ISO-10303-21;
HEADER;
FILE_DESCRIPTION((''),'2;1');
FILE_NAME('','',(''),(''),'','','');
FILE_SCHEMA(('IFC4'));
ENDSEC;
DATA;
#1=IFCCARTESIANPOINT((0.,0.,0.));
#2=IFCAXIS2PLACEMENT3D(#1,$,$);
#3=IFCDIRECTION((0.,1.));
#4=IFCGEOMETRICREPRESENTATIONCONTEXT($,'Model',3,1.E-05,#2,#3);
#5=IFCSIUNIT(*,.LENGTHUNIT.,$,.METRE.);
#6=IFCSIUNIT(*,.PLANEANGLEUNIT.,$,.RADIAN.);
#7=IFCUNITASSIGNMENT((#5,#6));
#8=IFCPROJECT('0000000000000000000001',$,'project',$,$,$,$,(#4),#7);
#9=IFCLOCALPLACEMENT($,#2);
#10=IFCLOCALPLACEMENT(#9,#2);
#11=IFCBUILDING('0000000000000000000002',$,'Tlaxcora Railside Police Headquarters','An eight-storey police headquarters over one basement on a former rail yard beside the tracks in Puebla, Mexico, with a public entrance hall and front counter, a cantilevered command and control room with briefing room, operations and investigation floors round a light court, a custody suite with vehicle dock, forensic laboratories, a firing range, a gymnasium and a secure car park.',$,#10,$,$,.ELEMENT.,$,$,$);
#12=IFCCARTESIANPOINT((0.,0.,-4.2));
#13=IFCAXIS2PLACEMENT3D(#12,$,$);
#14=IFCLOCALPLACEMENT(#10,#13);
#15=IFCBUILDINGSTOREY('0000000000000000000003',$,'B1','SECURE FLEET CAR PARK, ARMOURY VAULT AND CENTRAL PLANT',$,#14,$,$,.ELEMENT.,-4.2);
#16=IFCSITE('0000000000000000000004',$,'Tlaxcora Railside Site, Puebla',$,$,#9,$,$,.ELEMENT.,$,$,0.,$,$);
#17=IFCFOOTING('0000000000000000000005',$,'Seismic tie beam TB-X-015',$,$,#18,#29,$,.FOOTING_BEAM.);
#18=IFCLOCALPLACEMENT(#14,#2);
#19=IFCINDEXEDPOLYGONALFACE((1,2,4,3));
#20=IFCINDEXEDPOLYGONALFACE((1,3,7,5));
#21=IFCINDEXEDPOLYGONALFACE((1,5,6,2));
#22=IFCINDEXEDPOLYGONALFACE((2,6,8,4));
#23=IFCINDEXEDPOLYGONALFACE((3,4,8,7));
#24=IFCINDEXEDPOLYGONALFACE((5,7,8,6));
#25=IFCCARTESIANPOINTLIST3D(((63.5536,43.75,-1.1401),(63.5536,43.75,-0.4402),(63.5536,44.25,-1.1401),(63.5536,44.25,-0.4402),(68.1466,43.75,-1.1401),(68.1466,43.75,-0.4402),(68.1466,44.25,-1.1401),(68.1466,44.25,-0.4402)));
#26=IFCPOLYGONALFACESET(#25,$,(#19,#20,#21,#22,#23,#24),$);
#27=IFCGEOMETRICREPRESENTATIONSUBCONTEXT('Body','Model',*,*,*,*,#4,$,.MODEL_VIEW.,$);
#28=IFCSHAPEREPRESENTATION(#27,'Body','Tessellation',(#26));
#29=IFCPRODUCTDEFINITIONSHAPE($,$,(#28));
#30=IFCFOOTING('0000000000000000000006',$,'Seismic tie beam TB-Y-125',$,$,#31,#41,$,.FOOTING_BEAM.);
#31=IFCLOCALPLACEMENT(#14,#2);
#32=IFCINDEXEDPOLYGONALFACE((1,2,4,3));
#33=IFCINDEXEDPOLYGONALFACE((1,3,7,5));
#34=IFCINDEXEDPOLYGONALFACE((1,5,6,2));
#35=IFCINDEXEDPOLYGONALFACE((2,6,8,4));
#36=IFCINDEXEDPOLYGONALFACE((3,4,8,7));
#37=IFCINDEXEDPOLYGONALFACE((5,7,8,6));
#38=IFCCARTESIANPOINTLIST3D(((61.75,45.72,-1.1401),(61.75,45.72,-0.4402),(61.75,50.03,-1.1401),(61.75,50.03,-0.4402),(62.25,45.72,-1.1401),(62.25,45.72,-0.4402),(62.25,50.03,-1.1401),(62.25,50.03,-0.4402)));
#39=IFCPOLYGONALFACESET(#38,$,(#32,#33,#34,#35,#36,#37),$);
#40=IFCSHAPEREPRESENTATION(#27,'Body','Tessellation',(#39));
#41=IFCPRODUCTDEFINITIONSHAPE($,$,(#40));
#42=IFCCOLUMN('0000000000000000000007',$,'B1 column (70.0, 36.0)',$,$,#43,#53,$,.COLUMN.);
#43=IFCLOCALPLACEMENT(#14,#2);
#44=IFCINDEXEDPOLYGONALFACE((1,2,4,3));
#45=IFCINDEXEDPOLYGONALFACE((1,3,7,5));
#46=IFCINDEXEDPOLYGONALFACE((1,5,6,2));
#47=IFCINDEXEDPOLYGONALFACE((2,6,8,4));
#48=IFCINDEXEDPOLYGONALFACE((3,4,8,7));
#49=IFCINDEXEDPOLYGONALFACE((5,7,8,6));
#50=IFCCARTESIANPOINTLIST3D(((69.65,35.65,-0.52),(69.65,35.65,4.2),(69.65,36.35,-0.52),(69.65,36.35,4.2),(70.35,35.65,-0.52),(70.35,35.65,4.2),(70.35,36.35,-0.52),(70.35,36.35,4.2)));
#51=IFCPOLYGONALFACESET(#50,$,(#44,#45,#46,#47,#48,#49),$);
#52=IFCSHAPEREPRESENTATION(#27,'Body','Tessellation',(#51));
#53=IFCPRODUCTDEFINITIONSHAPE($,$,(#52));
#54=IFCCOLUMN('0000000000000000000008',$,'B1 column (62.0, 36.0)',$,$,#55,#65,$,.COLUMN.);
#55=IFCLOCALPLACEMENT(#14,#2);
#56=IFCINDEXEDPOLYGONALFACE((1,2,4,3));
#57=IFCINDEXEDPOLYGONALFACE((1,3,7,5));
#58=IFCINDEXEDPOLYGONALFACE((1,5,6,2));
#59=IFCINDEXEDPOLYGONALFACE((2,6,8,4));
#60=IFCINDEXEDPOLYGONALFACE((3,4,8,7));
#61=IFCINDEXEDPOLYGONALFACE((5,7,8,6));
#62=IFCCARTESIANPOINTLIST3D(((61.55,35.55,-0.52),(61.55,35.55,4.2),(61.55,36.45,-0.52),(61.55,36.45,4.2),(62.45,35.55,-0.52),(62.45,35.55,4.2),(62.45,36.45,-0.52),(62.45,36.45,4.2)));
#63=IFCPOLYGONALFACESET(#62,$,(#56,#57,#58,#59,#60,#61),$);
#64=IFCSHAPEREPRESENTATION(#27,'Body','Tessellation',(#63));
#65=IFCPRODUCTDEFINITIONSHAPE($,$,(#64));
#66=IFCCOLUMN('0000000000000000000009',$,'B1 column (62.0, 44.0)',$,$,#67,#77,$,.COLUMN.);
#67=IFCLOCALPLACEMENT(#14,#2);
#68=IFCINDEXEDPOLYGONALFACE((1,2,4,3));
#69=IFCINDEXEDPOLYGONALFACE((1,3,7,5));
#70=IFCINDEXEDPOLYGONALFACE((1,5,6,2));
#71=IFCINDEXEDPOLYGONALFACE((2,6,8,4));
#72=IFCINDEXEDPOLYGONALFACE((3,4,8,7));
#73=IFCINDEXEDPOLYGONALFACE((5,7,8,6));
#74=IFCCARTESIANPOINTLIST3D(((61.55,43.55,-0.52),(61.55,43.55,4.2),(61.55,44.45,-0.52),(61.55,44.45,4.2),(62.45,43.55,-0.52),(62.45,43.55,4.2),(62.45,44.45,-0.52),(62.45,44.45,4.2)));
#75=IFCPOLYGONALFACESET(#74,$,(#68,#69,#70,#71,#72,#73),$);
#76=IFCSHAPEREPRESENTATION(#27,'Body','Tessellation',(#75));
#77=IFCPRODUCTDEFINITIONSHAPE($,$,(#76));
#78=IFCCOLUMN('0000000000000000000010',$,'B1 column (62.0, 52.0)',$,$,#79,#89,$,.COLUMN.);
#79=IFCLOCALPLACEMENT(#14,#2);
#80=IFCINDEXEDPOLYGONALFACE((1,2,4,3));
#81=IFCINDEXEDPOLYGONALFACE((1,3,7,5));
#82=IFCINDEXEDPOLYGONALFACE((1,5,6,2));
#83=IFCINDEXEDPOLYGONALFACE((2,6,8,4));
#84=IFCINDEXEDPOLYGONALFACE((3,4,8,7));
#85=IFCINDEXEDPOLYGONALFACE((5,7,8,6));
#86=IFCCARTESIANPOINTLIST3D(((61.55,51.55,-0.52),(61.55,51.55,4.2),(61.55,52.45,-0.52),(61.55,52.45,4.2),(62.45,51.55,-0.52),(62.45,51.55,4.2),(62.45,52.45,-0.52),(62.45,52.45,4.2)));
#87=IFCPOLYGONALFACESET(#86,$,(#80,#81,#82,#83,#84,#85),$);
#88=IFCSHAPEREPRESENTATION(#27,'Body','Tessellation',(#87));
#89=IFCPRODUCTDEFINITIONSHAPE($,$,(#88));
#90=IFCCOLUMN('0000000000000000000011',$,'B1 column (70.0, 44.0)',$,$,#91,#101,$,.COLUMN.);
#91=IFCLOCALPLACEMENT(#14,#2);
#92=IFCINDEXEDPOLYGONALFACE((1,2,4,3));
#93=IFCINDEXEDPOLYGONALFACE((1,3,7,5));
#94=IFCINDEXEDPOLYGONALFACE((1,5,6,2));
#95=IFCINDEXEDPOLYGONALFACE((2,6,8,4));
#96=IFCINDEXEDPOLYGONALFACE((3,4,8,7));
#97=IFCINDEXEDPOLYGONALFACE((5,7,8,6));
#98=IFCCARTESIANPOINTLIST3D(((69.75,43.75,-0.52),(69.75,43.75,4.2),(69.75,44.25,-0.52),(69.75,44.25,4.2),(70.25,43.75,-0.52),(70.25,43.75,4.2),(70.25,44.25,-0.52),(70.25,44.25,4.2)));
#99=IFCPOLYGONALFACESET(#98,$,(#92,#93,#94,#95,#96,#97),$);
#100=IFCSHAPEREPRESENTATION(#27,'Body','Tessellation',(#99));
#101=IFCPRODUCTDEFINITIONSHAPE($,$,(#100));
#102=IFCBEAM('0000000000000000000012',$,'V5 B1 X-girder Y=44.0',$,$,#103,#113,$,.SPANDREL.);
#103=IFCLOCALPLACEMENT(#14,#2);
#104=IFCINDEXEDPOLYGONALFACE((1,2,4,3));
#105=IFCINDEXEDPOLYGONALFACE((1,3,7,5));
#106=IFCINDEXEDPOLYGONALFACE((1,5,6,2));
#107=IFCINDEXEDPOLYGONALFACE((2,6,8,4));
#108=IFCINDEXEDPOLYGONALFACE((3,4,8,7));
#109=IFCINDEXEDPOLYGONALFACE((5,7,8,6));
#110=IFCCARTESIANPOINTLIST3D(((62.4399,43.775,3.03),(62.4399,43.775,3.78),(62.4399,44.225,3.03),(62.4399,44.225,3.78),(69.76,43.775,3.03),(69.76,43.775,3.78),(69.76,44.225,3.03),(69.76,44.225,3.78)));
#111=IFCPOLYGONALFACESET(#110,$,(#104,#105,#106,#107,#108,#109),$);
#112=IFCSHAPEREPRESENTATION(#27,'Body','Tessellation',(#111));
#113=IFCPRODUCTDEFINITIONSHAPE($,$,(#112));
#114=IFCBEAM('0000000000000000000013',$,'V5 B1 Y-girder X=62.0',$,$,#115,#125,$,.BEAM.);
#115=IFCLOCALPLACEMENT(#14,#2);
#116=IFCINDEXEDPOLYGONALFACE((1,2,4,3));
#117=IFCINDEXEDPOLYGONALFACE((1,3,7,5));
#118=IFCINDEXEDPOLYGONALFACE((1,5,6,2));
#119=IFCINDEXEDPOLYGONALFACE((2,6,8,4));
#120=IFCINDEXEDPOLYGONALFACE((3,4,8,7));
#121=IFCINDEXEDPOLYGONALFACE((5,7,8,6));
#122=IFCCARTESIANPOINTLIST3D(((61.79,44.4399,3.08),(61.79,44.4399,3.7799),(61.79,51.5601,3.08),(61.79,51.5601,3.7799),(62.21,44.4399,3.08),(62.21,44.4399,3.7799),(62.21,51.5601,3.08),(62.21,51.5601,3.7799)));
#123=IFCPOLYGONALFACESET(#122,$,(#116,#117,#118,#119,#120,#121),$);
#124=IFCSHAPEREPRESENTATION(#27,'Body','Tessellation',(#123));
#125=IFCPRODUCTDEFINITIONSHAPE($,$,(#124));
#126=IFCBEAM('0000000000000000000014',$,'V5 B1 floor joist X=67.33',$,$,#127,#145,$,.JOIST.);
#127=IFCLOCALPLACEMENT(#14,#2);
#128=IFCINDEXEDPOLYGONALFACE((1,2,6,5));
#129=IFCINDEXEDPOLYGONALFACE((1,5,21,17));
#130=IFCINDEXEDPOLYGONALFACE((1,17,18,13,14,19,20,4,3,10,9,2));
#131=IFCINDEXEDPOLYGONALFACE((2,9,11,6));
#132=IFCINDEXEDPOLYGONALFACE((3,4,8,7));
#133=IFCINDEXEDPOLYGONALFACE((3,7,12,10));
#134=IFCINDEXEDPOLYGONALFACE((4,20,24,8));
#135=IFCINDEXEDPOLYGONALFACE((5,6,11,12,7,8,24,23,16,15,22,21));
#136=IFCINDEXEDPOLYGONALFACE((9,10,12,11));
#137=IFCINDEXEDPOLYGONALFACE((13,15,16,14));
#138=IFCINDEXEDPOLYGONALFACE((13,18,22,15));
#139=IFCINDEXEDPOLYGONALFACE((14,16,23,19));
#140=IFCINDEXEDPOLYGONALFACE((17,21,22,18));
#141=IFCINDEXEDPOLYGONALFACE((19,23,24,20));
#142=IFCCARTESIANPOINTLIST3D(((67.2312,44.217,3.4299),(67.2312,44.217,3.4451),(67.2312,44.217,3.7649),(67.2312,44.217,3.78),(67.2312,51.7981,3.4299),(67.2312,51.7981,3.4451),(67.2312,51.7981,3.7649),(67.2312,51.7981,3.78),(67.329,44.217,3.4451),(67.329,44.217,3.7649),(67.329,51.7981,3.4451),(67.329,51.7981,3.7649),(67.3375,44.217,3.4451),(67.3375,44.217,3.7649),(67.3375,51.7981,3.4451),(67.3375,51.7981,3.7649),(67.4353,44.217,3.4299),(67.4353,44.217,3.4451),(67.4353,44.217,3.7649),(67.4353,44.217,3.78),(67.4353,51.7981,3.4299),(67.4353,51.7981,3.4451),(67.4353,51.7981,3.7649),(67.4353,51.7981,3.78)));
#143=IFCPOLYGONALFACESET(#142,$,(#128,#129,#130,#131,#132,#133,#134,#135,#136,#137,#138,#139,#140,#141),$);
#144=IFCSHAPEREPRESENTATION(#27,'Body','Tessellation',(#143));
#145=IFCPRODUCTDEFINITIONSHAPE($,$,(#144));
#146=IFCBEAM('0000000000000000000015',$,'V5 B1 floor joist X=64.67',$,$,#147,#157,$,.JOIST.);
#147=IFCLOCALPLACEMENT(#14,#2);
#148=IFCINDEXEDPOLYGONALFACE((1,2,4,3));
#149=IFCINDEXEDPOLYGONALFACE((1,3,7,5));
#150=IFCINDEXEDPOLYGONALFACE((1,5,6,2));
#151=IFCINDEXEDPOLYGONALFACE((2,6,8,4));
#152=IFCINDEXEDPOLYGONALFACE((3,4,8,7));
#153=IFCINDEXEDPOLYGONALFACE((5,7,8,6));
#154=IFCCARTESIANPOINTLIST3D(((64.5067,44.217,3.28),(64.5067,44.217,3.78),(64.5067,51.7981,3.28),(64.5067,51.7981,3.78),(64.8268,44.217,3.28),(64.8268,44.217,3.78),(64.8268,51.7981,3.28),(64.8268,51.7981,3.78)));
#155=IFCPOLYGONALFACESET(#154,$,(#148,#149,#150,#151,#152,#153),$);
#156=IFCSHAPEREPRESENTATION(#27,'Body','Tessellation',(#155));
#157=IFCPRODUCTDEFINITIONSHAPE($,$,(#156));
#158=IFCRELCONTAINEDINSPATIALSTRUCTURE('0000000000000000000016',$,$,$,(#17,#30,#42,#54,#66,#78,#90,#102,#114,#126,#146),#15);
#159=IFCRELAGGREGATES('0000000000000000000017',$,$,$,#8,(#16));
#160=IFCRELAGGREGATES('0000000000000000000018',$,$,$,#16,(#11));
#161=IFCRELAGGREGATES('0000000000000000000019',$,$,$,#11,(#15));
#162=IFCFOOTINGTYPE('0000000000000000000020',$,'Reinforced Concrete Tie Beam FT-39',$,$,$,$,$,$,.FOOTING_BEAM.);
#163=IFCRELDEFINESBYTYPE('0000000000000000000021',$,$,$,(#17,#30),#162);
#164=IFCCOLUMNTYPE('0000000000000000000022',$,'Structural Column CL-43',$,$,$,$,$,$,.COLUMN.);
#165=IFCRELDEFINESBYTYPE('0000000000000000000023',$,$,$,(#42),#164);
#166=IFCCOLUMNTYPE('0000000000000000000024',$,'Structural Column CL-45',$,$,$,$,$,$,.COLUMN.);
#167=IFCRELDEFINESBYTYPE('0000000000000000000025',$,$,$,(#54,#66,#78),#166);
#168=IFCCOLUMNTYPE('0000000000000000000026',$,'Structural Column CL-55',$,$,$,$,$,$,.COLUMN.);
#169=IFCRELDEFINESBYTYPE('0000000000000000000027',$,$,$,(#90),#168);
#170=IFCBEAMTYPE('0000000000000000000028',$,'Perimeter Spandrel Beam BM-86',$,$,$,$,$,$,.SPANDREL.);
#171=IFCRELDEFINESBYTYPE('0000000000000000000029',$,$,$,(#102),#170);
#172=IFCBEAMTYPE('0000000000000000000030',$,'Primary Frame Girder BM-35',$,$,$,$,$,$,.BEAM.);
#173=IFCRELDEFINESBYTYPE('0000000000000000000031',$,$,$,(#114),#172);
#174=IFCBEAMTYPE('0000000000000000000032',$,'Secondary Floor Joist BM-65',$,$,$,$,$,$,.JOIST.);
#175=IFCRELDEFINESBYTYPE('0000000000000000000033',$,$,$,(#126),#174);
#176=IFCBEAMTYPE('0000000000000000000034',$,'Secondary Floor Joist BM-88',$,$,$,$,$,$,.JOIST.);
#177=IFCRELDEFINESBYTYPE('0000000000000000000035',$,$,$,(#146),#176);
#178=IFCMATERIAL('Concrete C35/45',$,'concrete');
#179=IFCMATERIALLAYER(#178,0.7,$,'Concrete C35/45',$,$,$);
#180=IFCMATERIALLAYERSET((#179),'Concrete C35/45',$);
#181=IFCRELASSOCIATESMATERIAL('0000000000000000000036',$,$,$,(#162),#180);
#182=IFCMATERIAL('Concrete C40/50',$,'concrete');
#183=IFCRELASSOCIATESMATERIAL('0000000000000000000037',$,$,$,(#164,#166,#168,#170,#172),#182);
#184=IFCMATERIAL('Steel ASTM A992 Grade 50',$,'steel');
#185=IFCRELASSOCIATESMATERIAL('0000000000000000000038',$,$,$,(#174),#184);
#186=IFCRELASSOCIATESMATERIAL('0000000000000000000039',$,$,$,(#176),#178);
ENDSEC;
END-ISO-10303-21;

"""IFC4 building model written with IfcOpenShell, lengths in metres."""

from ifc_helpers import new_model, si_unit, direction, frame, origin, origin_2d, place, context, subcontext, project, spatial, rectangle, i_section, extrude, material, layer, layer_set, material_profile, profile_set, type_object, element, save


model = new_model("IFC4")

# Units and contexts
model_context = context("Model", 3, precision=1e-05, world=origin(), true_north=direction((0.0, 1.0)))
body_context = subcontext(model_context, "Body", "Model", "MODEL_VIEW")
ifc_project = project(units=[si_unit("LENGTHUNIT", "METRE"), si_unit("PLANEANGLEUNIT", "RADIAN")], contexts=[model_context])

# Site, building, storey
site_placement = place(None, origin())
site = spatial("IfcSite", under=ifc_project, at=site_placement, Name="Tlaxcora Railside Site, Puebla", CompositionType="ELEMENT", RefElevation=0.0)
building_placement = place(site_placement, origin())
building = spatial("IfcBuilding", under=site, at=building_placement, Name="Tlaxcora Railside Police Headquarters", Description="An eight-storey police headquarters over one basement on a former rail yard beside the tracks in Puebla, Mexico, with a public entrance hall and front counter, a cantilevered command and control room with briefing room, operations and investigation floors round a light court, a custody suite with vehicle dock, forensic laboratories, a firing range, a gymnasium and a secure car park.", CompositionType="ELEMENT")
storey_placement = place(building_placement, frame((0.0, 0.0, -4.2)))
storey = spatial("IfcBuildingStorey", under=building, at=storey_placement, Name="B1", Description="SECURE FLEET CAR PARK, ARMOURY VAULT AND CENTRAL PLANT", CompositionType="ELEMENT", Elevation=-4.2)

# Shared definitions
ifc_material_1 = material(Name="Concrete C35/45", Category="concrete")

# Footings
ifc_material_2 = material(Name="Concrete C40/50", Category="concrete")
ifc_layer_1 = layer(ifc_material_1, 0.7, Name="Concrete C35/45")
ifc_layer_set_1 = layer_set([ifc_layer_1], Name="Concrete C35/45")
footing_type_1 = type_object("IfcFootingType", Name="Reinforced Concrete Tie Beam FT-39", PredefinedType="FOOTING_BEAM", material=ifc_layer_set_1)
footing_1_placement = place(storey_placement, frame((65.8501, 44.0, -1.1401), z_axis=(0.0, 0.0, 1.0), x_axis=(1.0, 0.0, 0.0)))
element("IfcFooting", 1, at=footing_1_placement, inside=storey, type_object=footing_type_1, Name="Seismic tie beam TB-X-015", PredefinedType="FOOTING_BEAM", context=body_context, shape_type="SweptSolid", body=[
    extrude(rectangle(XDim=4.593, YDim=0.5, at=origin_2d()), origin(), (0.0, 0.0, 1.0), 0.7),
])
footing_2_placement = place(storey_placement, frame((62.0, 47.875, -1.1401), z_axis=(0.0, 0.0, 1.0), x_axis=(0.0, 1.0, 0.0)))
element("IfcFooting", 2, at=footing_2_placement, inside=storey, type_object=footing_type_1, Name="Seismic tie beam TB-Y-125", PredefinedType="FOOTING_BEAM", context=body_context, shape_type="SweptSolid", body=[
    extrude(rectangle(XDim=4.3101, YDim=0.5, at=origin_2d()), origin(), (0.0, 0.0, 1.0), 0.7),
])

# Columns
ifc_material_profile_1 = material_profile(ifc_material_2, rectangle(XDim=0.7, YDim=0.7, at=origin_2d()), Name="RC700X700")
ifc_profile_set_1 = profile_set([ifc_material_profile_1], Name="Concrete C40/50")
column_type_1 = type_object("IfcColumnType", Name="Structural Column CL-43", PredefinedType="COLUMN", material=ifc_profile_set_1)
column_1_placement = place(storey_placement, frame((70.0, 36.0, -0.52), z_axis=(0.0, 0.0, 1.0), x_axis=(1.0, 0.0, 0.0)))
element("IfcColumn", 3, at=column_1_placement, inside=storey, type_object=column_type_1, Name="B1 column (70.0, 36.0)", PredefinedType="COLUMN", context=body_context, shape_type="SweptSolid", body=[
    extrude(rectangle(XDim=0.7, YDim=0.7, at=origin_2d()), origin(), (0.0, 0.0, 1.0), 4.72),
])
ifc_material_profile_2 = material_profile(ifc_material_2, rectangle(XDim=0.8999, YDim=0.8999, at=origin_2d()), Name="RC900X900")
ifc_profile_set_2 = profile_set([ifc_material_profile_2], Name="Concrete C40/50")
column_type_2 = type_object("IfcColumnType", Name="Structural Column CL-45", PredefinedType="COLUMN", material=ifc_profile_set_2)
for number, where, z_axis, x_axis, name in (
    (4, (62.0, 36.0, -0.52), (0.0, 0.0, 1.0), (1.0, 0.0, 0.0), "B1 column (62.0, 36.0)"),
    (5, (62.0, 44.0, -0.52), (0.0, 0.0, 1.0), (1.0, 0.0, 0.0), "B1 column (62.0, 44.0)"),
    (6, (62.0, 52.0, -0.52), (0.0, 0.0, 1.0), (1.0, 0.0, 0.0), "B1 column (62.0, 52.0)"),
):
    element("IfcColumn", number, at=place(storey_placement, frame(where, z_axis=z_axis, x_axis=x_axis)), inside=storey, type_object=column_type_2, Name=name, PredefinedType="COLUMN", context=body_context, shape_type="SweptSolid", body=[
        extrude(rectangle(XDim=0.8999, YDim=0.8999, at=origin_2d()), origin(), (0.0, 0.0, 1.0), 4.72),
    ])
ifc_material_profile_3 = material_profile(ifc_material_2, rectangle(XDim=0.5, YDim=0.5, at=origin_2d()), Name="RC500X500")
ifc_profile_set_3 = profile_set([ifc_material_profile_3], Name="Concrete C40/50")
column_type_3 = type_object("IfcColumnType", Name="Structural Column CL-55", PredefinedType="COLUMN", material=ifc_profile_set_3)
column_2_placement = place(storey_placement, frame((70.0, 44.0, -0.52), z_axis=(0.0, 0.0, 1.0), x_axis=(1.0, 0.0, 0.0)))
element("IfcColumn", 7, at=column_2_placement, inside=storey, type_object=column_type_3, Name="B1 column (70.0, 44.0)", PredefinedType="COLUMN", context=body_context, shape_type="SweptSolid", body=[
    extrude(rectangle(XDim=0.5, YDim=0.5, at=origin_2d()), origin(), (0.0, 0.0, 1.0), 4.72),
])

# Beams
ifc_material_profile_4 = material_profile(ifc_material_2, rectangle(XDim=0.45, YDim=0.75, at=origin_2d()), Name="RC450X750")
ifc_profile_set_4 = profile_set([ifc_material_profile_4], Name="Concrete C40/50")
beam_type_1 = type_object("IfcBeamType", Name="Perimeter Spandrel Beam BM-86", PredefinedType="SPANDREL", material=ifc_profile_set_4)
beam_1_placement = place(storey_placement, frame((62.4399, 44.0, 3.405), z_axis=(1.0, 0.0, 0.0), x_axis=(0.0, 1.0, 0.0)))
element("IfcBeam", 8, at=beam_1_placement, inside=storey, type_object=beam_type_1, Name="V5 B1 X-girder Y=44.0", PredefinedType="SPANDREL", context=body_context, shape_type="SweptSolid", body=[
    extrude(rectangle(XDim=0.45, YDim=0.75, at=origin_2d()), origin(), (0.0, 0.0, 1.0), 7.3201),
])
ifc_material_profile_5 = material_profile(ifc_material_2, rectangle(XDim=0.4199, YDim=0.7, at=origin_2d()), Name="RC420X700")
ifc_profile_set_5 = profile_set([ifc_material_profile_5], Name="Concrete C40/50")
beam_type_2 = type_object("IfcBeamType", Name="Primary Frame Girder BM-35", PredefinedType="BEAM", material=ifc_profile_set_5)
beam_2_placement = place(storey_placement, frame((62.0, 44.4399, 3.4299), z_axis=(0.0, 1.0, 0.0), x_axis=(-1.0, 0.0, 0.0)))
element("IfcBeam", 9, at=beam_2_placement, inside=storey, type_object=beam_type_2, Name="V5 B1 Y-girder X=62.0", PredefinedType="BEAM", context=body_context, shape_type="SweptSolid", body=[
    extrude(rectangle(XDim=0.4199, YDim=0.7, at=origin_2d()), origin(), (0.0, 0.0, 1.0), 7.1201),
])
ifc_material_3 = material(Name="Steel ASTM A992 Grade 50", Category="steel")
ifc_material_profile_6 = material_profile(ifc_material_3, i_section(OverallWidth=0.2041, OverallDepth=0.3501, WebThickness=0.0085, FlangeThickness=0.0151, at=origin_2d()), Name="W14X48")
ifc_profile_set_6 = profile_set([ifc_material_profile_6], Name="Steel ASTM A992 Grade 50")
beam_type_3 = type_object("IfcBeamType", Name="Secondary Floor Joist BM-65", PredefinedType="JOIST", material=ifc_profile_set_6)
beam_3_placement = place(storey_placement, frame((67.3333, 44.217, 3.605), z_axis=(0.0, 1.0, 0.0), x_axis=(-1.0, 0.0, 0.0)))
element("IfcBeam", 10, at=beam_3_placement, inside=storey, type_object=beam_type_3, Name="V5 B1 floor joist X=67.33", PredefinedType="JOIST", context=body_context, shape_type="SweptSolid", body=[
    extrude(i_section(OverallWidth=0.2041, OverallDepth=0.3501, WebThickness=0.0085, FlangeThickness=0.0151, at=origin_2d()), origin(), (0.0, 0.0, 1.0), 7.5811),
])
ifc_material_profile_7 = material_profile(ifc_material_1, rectangle(XDim=0.3201, YDim=0.5, at=origin_2d()), Name="RC320X500")
ifc_profile_set_7 = profile_set([ifc_material_profile_7], Name="Concrete C35/45")
beam_type_4 = type_object("IfcBeamType", Name="Secondary Floor Joist BM-88", PredefinedType="JOIST", material=ifc_profile_set_7)
beam_4_placement = place(storey_placement, frame((64.6667, 44.217, 3.53), z_axis=(0.0, 1.0, 0.0), x_axis=(-1.0, 0.0, 0.0)))
element("IfcBeam", 11, at=beam_4_placement, inside=storey, type_object=beam_type_4, Name="V5 B1 floor joist X=64.67", PredefinedType="JOIST", context=body_context, shape_type="SweptSolid", body=[
    extrude(rectangle(XDim=0.3201, YDim=0.5, at=origin_2d()), origin(), (0.0, 0.0, 1.0), 7.5811),
])

save(model, "model.ifc")
